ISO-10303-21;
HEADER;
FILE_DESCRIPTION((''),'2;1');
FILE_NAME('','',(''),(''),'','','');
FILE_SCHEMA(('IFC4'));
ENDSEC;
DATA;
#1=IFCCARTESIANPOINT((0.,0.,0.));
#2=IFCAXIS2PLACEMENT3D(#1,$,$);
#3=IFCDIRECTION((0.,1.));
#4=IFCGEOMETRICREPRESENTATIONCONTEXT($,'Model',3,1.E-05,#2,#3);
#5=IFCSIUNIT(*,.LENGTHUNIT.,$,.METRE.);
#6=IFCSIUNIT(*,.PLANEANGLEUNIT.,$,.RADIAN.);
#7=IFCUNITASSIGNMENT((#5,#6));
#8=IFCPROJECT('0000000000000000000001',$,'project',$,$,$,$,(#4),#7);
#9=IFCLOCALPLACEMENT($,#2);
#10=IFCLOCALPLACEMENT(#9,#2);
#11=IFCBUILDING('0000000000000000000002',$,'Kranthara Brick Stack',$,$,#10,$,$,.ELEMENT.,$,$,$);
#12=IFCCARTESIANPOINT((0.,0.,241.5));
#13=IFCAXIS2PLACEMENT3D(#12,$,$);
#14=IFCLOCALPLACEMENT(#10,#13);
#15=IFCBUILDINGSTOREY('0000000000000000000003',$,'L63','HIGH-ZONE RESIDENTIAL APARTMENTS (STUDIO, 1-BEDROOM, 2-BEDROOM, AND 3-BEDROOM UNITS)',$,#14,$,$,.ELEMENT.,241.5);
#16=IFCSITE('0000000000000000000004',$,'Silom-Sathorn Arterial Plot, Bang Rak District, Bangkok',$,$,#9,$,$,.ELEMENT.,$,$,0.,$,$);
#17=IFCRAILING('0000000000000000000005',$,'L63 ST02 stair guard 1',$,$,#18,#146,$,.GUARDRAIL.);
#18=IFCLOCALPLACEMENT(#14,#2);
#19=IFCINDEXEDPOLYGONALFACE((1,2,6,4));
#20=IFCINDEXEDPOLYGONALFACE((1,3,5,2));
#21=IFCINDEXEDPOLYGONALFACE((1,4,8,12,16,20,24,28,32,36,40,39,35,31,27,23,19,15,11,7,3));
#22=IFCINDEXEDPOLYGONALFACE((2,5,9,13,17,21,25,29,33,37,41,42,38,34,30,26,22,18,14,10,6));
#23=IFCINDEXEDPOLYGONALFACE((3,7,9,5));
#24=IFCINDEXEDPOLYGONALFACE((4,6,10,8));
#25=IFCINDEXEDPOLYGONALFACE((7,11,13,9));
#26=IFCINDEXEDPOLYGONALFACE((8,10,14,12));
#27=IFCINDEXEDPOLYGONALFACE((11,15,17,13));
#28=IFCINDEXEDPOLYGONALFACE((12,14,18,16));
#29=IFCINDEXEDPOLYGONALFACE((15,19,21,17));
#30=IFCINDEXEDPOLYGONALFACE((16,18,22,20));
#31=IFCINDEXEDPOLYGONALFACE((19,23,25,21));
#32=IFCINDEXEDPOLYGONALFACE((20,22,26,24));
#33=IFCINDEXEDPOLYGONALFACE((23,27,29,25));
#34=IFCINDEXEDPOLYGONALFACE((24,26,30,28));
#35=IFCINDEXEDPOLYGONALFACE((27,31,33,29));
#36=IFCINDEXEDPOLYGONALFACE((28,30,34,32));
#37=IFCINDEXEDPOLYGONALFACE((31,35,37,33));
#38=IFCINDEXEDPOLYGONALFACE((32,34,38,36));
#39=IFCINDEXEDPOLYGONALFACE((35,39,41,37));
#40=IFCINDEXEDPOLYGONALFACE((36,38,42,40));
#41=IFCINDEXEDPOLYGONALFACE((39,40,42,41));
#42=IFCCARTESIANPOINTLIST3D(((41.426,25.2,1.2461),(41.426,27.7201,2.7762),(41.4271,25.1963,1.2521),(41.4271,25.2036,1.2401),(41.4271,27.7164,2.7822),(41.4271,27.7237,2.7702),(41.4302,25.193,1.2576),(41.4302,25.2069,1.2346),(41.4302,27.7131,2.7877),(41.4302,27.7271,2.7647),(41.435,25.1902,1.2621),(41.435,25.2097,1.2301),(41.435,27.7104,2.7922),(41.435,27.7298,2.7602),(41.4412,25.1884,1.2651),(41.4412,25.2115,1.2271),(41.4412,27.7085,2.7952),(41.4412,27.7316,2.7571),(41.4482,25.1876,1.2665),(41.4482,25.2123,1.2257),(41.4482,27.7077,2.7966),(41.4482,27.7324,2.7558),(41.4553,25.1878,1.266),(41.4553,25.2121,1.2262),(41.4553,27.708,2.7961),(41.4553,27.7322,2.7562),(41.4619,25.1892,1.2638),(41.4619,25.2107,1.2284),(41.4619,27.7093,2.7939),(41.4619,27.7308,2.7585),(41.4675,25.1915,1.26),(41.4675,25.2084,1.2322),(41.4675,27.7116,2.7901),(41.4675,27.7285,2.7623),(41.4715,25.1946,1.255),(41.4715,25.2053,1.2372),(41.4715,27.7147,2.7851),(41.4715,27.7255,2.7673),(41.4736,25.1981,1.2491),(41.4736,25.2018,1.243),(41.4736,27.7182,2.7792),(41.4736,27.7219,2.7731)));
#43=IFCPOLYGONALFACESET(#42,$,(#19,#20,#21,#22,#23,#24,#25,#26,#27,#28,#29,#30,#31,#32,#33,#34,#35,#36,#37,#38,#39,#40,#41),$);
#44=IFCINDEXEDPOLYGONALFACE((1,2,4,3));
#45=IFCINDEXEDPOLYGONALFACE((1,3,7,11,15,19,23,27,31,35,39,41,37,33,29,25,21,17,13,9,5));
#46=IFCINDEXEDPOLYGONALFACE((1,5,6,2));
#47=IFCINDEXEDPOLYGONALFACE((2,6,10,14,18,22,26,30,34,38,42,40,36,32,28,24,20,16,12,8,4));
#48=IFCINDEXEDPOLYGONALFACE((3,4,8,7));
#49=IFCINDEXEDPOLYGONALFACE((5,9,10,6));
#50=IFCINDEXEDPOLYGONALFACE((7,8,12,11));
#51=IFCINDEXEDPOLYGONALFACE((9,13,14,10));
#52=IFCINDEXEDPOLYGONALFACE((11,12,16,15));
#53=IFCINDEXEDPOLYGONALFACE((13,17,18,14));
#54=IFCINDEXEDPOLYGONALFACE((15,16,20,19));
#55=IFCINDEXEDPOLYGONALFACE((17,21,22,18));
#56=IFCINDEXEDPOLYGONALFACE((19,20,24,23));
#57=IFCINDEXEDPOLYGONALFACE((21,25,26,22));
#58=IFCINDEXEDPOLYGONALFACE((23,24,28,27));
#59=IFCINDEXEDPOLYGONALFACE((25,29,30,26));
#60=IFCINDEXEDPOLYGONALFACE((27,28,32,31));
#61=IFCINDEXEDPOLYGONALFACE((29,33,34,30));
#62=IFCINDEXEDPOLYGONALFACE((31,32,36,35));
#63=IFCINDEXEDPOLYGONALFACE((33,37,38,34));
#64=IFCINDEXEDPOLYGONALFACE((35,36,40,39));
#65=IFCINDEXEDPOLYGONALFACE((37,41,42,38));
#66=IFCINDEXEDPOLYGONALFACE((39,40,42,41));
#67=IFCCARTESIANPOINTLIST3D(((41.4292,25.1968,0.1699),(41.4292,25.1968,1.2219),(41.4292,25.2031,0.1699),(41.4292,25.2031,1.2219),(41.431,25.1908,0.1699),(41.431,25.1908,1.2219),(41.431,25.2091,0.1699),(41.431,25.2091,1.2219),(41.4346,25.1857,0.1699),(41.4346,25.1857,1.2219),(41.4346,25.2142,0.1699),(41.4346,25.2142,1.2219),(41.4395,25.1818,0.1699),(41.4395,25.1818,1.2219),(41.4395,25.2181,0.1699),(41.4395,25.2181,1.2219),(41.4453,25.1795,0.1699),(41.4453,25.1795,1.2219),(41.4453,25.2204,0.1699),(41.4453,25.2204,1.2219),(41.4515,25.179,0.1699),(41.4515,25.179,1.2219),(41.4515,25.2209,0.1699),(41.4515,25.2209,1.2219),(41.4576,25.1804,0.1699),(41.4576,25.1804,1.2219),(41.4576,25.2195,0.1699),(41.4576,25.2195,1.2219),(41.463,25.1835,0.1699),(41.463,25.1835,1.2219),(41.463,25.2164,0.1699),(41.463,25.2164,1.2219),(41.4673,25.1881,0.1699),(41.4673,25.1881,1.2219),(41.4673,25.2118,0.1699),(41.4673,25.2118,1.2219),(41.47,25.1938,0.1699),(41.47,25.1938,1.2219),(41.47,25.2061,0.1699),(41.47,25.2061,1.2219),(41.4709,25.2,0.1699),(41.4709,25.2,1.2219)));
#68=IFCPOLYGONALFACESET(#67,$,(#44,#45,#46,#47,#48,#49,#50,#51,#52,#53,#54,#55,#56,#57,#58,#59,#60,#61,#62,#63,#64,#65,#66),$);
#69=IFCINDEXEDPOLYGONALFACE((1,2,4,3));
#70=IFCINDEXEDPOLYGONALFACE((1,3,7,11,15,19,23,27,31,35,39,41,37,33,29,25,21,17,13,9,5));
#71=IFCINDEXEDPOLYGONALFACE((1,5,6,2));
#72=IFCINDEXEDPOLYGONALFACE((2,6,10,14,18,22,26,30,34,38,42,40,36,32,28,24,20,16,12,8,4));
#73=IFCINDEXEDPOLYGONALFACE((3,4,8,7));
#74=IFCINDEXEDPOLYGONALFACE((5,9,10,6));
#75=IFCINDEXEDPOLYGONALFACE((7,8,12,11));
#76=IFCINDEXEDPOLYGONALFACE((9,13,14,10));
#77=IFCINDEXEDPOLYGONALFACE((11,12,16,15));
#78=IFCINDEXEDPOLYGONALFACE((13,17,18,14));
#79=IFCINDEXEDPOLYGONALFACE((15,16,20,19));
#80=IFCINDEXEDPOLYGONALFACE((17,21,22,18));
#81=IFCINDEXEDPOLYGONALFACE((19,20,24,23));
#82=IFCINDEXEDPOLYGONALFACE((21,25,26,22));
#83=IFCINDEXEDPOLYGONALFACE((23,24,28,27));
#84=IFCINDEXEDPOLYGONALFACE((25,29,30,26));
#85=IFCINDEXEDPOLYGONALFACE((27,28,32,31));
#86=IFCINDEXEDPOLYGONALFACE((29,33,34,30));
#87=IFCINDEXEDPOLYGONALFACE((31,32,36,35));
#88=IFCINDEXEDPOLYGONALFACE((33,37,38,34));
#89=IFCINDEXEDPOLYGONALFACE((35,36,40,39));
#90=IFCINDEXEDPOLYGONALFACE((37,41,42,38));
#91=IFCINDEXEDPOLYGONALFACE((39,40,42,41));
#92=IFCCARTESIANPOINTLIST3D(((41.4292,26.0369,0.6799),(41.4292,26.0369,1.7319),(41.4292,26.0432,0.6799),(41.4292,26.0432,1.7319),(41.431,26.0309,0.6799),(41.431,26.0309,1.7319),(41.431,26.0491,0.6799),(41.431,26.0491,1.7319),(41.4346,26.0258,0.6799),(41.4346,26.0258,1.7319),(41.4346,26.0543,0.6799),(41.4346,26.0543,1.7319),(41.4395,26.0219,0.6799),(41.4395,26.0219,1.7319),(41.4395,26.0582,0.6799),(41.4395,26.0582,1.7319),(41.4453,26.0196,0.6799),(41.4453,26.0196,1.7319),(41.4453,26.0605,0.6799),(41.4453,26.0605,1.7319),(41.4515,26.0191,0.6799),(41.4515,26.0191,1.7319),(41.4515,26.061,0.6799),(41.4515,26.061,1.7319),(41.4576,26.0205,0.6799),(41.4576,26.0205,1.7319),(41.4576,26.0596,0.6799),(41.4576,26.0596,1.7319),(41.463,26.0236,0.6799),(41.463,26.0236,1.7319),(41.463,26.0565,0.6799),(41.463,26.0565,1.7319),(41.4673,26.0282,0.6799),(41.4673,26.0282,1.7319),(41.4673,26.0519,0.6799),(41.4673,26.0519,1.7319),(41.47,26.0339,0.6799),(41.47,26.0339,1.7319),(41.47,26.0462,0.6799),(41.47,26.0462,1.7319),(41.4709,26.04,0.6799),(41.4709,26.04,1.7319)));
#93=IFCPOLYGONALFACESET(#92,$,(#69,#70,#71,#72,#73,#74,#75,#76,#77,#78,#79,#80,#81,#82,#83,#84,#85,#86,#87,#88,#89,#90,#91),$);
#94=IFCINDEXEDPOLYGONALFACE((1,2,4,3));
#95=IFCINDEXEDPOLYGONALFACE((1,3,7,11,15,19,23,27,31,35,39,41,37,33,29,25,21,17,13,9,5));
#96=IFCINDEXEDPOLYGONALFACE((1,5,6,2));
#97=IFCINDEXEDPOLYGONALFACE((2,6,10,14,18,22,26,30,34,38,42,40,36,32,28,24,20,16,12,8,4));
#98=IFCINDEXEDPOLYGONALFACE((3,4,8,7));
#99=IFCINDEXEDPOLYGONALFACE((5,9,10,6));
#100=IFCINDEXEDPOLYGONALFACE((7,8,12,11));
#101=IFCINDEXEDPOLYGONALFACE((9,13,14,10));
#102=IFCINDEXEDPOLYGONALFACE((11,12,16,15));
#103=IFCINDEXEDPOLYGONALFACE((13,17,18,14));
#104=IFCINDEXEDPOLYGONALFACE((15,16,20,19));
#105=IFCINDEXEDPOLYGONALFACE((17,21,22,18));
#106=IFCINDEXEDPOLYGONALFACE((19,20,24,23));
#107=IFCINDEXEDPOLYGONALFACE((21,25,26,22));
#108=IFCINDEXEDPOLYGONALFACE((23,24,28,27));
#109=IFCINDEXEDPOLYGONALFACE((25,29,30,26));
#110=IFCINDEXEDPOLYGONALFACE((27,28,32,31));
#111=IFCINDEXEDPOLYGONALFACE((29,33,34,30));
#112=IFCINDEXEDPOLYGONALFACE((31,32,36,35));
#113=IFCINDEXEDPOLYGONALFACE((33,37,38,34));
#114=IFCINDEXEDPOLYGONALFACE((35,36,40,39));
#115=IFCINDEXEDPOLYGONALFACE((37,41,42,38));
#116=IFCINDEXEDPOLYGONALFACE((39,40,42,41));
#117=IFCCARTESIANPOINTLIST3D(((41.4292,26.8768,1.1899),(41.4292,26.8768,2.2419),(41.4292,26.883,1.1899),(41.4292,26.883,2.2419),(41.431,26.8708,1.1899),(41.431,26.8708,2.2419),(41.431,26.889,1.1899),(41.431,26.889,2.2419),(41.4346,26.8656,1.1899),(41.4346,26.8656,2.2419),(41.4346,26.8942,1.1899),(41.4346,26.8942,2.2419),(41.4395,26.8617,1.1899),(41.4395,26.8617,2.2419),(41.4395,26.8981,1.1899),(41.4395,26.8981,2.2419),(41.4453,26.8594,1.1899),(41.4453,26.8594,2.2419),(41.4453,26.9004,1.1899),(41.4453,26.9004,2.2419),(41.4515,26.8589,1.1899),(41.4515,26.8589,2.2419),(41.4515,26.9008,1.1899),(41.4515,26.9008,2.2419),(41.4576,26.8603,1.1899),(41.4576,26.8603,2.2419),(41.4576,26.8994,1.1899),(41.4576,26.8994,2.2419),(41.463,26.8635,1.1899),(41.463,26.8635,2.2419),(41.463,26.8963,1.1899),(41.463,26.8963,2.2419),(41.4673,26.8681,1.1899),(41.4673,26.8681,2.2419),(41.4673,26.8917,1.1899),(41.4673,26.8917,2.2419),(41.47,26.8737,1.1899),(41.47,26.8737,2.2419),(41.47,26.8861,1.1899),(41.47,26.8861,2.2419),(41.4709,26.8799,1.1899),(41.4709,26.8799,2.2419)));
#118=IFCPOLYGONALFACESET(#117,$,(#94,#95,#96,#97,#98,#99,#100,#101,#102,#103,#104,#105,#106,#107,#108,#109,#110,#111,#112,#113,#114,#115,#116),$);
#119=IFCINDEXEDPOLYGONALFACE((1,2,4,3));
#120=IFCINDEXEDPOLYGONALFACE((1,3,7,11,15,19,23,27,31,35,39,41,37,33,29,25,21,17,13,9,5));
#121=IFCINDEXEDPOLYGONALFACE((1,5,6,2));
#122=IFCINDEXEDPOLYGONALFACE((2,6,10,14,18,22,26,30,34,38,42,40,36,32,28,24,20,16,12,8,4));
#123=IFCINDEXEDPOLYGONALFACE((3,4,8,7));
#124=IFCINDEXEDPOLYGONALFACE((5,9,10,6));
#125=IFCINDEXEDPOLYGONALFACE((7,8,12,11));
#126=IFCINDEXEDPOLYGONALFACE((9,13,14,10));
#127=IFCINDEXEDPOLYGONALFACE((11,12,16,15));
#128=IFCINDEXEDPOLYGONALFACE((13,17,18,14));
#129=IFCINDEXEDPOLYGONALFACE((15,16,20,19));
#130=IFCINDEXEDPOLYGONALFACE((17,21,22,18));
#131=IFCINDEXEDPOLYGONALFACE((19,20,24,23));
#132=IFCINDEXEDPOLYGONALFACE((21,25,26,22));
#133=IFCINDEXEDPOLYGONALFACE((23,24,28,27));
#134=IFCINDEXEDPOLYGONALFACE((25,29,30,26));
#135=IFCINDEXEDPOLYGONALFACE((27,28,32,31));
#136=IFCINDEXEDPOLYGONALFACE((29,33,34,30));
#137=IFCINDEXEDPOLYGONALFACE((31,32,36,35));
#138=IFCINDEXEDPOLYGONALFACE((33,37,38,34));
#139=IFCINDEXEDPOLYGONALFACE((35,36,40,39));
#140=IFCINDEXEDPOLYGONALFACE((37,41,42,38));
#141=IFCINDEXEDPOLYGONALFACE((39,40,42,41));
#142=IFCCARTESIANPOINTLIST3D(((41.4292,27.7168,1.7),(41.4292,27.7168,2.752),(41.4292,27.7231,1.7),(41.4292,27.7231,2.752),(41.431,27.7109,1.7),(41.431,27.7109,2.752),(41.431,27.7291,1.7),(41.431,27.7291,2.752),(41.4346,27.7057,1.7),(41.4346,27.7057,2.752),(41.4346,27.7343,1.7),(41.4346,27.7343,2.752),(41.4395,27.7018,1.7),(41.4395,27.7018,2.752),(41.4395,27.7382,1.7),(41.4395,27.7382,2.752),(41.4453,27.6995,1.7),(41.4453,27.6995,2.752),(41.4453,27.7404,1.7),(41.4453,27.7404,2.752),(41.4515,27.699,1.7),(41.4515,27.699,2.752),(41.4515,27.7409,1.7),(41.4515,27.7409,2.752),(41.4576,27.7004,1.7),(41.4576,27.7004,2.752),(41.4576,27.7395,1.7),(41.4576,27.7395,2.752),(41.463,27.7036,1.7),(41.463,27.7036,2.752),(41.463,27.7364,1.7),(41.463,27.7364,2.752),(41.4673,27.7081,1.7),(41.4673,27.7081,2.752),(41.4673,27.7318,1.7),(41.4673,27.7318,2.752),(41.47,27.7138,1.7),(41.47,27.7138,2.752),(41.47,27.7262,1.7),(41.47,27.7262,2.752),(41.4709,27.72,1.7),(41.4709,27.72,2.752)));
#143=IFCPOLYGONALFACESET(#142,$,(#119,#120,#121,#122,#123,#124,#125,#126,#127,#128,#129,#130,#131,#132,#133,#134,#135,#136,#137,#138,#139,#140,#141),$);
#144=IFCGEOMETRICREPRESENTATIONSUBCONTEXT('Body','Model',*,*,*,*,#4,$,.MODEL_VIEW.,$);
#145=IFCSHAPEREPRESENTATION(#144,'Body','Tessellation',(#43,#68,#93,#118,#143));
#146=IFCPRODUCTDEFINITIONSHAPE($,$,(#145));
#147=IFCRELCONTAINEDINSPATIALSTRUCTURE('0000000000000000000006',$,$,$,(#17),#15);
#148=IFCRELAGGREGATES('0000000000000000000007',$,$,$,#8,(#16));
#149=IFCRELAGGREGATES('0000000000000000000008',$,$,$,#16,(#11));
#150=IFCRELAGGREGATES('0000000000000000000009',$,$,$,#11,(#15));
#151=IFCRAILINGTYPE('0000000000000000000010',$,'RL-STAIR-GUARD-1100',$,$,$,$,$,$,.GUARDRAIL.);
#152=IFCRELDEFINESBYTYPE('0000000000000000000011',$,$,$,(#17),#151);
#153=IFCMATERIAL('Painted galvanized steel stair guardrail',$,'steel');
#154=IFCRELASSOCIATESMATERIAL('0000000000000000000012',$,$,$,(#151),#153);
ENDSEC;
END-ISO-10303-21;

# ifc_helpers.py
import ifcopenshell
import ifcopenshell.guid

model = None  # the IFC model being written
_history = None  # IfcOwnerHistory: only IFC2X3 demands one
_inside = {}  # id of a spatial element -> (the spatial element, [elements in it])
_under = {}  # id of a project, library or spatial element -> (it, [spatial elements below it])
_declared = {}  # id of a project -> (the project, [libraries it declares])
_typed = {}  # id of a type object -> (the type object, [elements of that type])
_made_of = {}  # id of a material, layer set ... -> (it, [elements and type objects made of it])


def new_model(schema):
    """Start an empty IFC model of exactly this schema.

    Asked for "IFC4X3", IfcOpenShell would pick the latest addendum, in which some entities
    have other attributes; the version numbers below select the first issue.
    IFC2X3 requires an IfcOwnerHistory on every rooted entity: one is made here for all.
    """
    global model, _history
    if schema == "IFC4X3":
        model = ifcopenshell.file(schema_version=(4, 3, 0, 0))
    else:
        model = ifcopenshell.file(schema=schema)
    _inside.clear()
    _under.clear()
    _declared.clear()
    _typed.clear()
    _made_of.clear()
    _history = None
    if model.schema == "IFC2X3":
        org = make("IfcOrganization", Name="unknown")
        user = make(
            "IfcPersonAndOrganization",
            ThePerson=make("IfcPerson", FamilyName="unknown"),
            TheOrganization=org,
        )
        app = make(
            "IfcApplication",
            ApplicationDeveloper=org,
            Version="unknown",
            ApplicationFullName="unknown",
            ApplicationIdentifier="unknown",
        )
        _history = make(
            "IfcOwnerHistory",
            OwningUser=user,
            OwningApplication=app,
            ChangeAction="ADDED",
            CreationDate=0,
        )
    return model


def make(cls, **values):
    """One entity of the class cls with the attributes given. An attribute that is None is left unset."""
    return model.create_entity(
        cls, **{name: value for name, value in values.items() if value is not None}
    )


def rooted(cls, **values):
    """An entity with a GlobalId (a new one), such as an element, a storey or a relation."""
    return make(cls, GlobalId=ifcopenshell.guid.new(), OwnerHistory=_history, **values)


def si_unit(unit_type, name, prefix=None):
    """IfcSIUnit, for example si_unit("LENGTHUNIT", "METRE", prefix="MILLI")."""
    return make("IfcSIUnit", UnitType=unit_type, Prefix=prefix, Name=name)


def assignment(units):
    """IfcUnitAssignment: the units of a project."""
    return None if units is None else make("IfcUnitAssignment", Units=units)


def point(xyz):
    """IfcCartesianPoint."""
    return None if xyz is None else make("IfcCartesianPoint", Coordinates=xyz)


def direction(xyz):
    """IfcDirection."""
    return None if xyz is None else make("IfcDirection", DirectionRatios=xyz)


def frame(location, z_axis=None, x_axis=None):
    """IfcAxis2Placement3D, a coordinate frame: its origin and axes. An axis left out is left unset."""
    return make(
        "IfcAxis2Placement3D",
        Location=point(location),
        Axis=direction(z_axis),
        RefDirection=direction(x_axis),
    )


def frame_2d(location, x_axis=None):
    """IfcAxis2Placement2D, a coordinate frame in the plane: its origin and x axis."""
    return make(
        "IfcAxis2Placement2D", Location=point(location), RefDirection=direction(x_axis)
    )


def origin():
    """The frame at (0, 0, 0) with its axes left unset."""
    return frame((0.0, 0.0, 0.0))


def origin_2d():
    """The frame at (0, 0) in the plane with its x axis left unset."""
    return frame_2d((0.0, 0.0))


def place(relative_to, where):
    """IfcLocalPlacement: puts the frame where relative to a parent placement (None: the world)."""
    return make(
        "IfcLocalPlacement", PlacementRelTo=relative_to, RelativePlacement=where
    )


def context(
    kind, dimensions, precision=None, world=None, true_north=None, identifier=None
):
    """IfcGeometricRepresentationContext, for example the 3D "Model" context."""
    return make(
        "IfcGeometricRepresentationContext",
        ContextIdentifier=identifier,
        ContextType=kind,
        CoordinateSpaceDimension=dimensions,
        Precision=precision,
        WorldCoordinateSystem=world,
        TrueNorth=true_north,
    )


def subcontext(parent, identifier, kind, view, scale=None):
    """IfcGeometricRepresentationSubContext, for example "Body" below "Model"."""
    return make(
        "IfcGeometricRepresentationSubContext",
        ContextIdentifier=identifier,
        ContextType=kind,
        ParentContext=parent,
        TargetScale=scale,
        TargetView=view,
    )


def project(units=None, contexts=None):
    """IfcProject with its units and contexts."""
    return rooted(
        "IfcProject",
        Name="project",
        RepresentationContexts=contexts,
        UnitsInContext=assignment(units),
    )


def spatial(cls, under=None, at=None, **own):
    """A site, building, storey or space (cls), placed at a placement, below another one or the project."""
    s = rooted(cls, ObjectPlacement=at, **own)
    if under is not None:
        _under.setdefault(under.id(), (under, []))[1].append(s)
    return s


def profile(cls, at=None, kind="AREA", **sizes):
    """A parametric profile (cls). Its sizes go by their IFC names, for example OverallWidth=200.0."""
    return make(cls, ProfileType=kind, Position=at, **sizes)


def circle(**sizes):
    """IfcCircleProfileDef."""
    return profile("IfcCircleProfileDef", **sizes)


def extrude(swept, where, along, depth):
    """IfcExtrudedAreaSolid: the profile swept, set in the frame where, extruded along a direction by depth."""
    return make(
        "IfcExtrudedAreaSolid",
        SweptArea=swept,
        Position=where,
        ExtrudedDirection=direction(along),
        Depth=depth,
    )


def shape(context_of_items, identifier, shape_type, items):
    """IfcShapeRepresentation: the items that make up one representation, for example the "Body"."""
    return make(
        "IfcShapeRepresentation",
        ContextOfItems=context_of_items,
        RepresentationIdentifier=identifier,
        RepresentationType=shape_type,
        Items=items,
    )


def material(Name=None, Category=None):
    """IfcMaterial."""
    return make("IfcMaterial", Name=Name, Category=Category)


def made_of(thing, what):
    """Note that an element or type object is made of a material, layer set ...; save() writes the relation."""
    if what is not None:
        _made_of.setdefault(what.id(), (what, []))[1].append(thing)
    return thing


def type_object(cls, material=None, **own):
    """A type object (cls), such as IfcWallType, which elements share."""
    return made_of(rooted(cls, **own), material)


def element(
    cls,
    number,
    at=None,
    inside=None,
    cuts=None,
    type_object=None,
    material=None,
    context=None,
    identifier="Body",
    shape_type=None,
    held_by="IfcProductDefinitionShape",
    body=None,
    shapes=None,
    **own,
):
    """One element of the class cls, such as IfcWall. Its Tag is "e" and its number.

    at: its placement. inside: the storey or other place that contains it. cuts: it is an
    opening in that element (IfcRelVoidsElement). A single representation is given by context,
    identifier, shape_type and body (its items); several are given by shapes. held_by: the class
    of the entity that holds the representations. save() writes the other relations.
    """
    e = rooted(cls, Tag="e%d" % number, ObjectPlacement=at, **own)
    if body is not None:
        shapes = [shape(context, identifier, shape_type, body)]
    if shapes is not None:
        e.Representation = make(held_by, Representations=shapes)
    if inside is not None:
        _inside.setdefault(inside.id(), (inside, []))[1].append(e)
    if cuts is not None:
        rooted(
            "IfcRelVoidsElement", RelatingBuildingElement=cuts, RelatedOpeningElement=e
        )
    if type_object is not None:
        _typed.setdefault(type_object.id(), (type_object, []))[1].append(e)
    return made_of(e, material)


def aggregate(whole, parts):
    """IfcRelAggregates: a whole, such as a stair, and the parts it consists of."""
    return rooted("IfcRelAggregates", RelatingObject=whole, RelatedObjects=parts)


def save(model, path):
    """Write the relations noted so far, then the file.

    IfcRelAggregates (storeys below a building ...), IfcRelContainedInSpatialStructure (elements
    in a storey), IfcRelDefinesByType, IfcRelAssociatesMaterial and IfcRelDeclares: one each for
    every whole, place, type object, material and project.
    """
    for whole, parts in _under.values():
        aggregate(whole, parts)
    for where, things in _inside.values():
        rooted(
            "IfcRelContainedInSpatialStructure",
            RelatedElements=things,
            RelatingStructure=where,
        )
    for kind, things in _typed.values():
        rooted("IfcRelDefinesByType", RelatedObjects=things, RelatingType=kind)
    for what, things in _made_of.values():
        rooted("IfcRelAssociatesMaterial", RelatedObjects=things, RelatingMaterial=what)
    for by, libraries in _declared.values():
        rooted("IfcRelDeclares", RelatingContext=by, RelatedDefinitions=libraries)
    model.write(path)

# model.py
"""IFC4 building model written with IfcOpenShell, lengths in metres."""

from ifc_helpers import new_model, si_unit, direction, frame, origin, origin_2d, place, context, subcontext, project, spatial, circle, extrude, material, type_object, element, save


model = new_model("IFC4")

# Units and contexts
model_context = context("Model", 3, precision=1e-05, world=origin(), true_north=direction((0.0, 1.0)))
body_context = subcontext(model_context, "Body", "Model", "MODEL_VIEW")
ifc_project = project(units=[si_unit("LENGTHUNIT", "METRE"), si_unit("PLANEANGLEUNIT", "RADIAN")], contexts=[model_context])

# Site, building, storey
site_placement = place(None, origin())
site = spatial("IfcSite", under=ifc_project, at=site_placement, Name="Silom-Sathorn Arterial Plot, Bang Rak District, Bangkok", CompositionType="ELEMENT", RefElevation=0.0)
building_placement = place(site_placement, origin())
building = spatial("IfcBuilding", under=site, at=building_placement, Name="Kranthara Brick Stack", CompositionType="ELEMENT")
storey_placement = place(building_placement, frame((0.0, 0.0, 241.5)))
storey = spatial("IfcBuildingStorey", under=building, at=storey_placement, Name="L63", Description="HIGH-ZONE RESIDENTIAL APARTMENTS (STUDIO, 1-BEDROOM, 2-BEDROOM, AND 3-BEDROOM UNITS)", CompositionType="ELEMENT", Elevation=241.5)

# Railing
ifc_material_1 = material(Name="Painted galvanized steel stair guardrail", Category="steel")
railing_type_1 = type_object("IfcRailingType", Name="RL-STAIR-GUARD-1100", PredefinedType="GUARDRAIL", material=ifc_material_1)
railing_1_placement = place(storey_placement, frame((41.45, 25.2, 0.1699)))
element("IfcRailing", 1, at=railing_1_placement, inside=storey, type_object=railing_type_1, Name="L63 ST02 stair guard 1", PredefinedType="GUARDRAIL", context=body_context, shape_type="SweptSolid", body=[
    extrude(circle(Radius=0.0239, at=origin_2d()), frame((0.0, 0.0, 1.0762), z_axis=(0.0, 0.854785, 0.518982), x_axis=(-1.0, 0.0, 0.0)), (0.0, 0.0, 1.0), 2.9482),
    extrude(circle(Radius=0.021, at=origin_2d()), origin(), (0.0, 0.0, 1.0), 1.052),
    extrude(circle(Radius=0.021, at=origin_2d()), frame((0.0, 0.8401, 0.51)), (0.0, 0.0, 1.0), 1.052),
    extrude(circle(Radius=0.021, at=origin_2d()), frame((0.0, 1.6799, 1.02)), (0.0, 0.0, 1.0), 1.052),
    extrude(circle(Radius=0.021, at=origin_2d()), frame((0.0, 2.52, 1.53)), (0.0, 0.0, 1.0), 1.052),
])

save(model, "model.ifc")
